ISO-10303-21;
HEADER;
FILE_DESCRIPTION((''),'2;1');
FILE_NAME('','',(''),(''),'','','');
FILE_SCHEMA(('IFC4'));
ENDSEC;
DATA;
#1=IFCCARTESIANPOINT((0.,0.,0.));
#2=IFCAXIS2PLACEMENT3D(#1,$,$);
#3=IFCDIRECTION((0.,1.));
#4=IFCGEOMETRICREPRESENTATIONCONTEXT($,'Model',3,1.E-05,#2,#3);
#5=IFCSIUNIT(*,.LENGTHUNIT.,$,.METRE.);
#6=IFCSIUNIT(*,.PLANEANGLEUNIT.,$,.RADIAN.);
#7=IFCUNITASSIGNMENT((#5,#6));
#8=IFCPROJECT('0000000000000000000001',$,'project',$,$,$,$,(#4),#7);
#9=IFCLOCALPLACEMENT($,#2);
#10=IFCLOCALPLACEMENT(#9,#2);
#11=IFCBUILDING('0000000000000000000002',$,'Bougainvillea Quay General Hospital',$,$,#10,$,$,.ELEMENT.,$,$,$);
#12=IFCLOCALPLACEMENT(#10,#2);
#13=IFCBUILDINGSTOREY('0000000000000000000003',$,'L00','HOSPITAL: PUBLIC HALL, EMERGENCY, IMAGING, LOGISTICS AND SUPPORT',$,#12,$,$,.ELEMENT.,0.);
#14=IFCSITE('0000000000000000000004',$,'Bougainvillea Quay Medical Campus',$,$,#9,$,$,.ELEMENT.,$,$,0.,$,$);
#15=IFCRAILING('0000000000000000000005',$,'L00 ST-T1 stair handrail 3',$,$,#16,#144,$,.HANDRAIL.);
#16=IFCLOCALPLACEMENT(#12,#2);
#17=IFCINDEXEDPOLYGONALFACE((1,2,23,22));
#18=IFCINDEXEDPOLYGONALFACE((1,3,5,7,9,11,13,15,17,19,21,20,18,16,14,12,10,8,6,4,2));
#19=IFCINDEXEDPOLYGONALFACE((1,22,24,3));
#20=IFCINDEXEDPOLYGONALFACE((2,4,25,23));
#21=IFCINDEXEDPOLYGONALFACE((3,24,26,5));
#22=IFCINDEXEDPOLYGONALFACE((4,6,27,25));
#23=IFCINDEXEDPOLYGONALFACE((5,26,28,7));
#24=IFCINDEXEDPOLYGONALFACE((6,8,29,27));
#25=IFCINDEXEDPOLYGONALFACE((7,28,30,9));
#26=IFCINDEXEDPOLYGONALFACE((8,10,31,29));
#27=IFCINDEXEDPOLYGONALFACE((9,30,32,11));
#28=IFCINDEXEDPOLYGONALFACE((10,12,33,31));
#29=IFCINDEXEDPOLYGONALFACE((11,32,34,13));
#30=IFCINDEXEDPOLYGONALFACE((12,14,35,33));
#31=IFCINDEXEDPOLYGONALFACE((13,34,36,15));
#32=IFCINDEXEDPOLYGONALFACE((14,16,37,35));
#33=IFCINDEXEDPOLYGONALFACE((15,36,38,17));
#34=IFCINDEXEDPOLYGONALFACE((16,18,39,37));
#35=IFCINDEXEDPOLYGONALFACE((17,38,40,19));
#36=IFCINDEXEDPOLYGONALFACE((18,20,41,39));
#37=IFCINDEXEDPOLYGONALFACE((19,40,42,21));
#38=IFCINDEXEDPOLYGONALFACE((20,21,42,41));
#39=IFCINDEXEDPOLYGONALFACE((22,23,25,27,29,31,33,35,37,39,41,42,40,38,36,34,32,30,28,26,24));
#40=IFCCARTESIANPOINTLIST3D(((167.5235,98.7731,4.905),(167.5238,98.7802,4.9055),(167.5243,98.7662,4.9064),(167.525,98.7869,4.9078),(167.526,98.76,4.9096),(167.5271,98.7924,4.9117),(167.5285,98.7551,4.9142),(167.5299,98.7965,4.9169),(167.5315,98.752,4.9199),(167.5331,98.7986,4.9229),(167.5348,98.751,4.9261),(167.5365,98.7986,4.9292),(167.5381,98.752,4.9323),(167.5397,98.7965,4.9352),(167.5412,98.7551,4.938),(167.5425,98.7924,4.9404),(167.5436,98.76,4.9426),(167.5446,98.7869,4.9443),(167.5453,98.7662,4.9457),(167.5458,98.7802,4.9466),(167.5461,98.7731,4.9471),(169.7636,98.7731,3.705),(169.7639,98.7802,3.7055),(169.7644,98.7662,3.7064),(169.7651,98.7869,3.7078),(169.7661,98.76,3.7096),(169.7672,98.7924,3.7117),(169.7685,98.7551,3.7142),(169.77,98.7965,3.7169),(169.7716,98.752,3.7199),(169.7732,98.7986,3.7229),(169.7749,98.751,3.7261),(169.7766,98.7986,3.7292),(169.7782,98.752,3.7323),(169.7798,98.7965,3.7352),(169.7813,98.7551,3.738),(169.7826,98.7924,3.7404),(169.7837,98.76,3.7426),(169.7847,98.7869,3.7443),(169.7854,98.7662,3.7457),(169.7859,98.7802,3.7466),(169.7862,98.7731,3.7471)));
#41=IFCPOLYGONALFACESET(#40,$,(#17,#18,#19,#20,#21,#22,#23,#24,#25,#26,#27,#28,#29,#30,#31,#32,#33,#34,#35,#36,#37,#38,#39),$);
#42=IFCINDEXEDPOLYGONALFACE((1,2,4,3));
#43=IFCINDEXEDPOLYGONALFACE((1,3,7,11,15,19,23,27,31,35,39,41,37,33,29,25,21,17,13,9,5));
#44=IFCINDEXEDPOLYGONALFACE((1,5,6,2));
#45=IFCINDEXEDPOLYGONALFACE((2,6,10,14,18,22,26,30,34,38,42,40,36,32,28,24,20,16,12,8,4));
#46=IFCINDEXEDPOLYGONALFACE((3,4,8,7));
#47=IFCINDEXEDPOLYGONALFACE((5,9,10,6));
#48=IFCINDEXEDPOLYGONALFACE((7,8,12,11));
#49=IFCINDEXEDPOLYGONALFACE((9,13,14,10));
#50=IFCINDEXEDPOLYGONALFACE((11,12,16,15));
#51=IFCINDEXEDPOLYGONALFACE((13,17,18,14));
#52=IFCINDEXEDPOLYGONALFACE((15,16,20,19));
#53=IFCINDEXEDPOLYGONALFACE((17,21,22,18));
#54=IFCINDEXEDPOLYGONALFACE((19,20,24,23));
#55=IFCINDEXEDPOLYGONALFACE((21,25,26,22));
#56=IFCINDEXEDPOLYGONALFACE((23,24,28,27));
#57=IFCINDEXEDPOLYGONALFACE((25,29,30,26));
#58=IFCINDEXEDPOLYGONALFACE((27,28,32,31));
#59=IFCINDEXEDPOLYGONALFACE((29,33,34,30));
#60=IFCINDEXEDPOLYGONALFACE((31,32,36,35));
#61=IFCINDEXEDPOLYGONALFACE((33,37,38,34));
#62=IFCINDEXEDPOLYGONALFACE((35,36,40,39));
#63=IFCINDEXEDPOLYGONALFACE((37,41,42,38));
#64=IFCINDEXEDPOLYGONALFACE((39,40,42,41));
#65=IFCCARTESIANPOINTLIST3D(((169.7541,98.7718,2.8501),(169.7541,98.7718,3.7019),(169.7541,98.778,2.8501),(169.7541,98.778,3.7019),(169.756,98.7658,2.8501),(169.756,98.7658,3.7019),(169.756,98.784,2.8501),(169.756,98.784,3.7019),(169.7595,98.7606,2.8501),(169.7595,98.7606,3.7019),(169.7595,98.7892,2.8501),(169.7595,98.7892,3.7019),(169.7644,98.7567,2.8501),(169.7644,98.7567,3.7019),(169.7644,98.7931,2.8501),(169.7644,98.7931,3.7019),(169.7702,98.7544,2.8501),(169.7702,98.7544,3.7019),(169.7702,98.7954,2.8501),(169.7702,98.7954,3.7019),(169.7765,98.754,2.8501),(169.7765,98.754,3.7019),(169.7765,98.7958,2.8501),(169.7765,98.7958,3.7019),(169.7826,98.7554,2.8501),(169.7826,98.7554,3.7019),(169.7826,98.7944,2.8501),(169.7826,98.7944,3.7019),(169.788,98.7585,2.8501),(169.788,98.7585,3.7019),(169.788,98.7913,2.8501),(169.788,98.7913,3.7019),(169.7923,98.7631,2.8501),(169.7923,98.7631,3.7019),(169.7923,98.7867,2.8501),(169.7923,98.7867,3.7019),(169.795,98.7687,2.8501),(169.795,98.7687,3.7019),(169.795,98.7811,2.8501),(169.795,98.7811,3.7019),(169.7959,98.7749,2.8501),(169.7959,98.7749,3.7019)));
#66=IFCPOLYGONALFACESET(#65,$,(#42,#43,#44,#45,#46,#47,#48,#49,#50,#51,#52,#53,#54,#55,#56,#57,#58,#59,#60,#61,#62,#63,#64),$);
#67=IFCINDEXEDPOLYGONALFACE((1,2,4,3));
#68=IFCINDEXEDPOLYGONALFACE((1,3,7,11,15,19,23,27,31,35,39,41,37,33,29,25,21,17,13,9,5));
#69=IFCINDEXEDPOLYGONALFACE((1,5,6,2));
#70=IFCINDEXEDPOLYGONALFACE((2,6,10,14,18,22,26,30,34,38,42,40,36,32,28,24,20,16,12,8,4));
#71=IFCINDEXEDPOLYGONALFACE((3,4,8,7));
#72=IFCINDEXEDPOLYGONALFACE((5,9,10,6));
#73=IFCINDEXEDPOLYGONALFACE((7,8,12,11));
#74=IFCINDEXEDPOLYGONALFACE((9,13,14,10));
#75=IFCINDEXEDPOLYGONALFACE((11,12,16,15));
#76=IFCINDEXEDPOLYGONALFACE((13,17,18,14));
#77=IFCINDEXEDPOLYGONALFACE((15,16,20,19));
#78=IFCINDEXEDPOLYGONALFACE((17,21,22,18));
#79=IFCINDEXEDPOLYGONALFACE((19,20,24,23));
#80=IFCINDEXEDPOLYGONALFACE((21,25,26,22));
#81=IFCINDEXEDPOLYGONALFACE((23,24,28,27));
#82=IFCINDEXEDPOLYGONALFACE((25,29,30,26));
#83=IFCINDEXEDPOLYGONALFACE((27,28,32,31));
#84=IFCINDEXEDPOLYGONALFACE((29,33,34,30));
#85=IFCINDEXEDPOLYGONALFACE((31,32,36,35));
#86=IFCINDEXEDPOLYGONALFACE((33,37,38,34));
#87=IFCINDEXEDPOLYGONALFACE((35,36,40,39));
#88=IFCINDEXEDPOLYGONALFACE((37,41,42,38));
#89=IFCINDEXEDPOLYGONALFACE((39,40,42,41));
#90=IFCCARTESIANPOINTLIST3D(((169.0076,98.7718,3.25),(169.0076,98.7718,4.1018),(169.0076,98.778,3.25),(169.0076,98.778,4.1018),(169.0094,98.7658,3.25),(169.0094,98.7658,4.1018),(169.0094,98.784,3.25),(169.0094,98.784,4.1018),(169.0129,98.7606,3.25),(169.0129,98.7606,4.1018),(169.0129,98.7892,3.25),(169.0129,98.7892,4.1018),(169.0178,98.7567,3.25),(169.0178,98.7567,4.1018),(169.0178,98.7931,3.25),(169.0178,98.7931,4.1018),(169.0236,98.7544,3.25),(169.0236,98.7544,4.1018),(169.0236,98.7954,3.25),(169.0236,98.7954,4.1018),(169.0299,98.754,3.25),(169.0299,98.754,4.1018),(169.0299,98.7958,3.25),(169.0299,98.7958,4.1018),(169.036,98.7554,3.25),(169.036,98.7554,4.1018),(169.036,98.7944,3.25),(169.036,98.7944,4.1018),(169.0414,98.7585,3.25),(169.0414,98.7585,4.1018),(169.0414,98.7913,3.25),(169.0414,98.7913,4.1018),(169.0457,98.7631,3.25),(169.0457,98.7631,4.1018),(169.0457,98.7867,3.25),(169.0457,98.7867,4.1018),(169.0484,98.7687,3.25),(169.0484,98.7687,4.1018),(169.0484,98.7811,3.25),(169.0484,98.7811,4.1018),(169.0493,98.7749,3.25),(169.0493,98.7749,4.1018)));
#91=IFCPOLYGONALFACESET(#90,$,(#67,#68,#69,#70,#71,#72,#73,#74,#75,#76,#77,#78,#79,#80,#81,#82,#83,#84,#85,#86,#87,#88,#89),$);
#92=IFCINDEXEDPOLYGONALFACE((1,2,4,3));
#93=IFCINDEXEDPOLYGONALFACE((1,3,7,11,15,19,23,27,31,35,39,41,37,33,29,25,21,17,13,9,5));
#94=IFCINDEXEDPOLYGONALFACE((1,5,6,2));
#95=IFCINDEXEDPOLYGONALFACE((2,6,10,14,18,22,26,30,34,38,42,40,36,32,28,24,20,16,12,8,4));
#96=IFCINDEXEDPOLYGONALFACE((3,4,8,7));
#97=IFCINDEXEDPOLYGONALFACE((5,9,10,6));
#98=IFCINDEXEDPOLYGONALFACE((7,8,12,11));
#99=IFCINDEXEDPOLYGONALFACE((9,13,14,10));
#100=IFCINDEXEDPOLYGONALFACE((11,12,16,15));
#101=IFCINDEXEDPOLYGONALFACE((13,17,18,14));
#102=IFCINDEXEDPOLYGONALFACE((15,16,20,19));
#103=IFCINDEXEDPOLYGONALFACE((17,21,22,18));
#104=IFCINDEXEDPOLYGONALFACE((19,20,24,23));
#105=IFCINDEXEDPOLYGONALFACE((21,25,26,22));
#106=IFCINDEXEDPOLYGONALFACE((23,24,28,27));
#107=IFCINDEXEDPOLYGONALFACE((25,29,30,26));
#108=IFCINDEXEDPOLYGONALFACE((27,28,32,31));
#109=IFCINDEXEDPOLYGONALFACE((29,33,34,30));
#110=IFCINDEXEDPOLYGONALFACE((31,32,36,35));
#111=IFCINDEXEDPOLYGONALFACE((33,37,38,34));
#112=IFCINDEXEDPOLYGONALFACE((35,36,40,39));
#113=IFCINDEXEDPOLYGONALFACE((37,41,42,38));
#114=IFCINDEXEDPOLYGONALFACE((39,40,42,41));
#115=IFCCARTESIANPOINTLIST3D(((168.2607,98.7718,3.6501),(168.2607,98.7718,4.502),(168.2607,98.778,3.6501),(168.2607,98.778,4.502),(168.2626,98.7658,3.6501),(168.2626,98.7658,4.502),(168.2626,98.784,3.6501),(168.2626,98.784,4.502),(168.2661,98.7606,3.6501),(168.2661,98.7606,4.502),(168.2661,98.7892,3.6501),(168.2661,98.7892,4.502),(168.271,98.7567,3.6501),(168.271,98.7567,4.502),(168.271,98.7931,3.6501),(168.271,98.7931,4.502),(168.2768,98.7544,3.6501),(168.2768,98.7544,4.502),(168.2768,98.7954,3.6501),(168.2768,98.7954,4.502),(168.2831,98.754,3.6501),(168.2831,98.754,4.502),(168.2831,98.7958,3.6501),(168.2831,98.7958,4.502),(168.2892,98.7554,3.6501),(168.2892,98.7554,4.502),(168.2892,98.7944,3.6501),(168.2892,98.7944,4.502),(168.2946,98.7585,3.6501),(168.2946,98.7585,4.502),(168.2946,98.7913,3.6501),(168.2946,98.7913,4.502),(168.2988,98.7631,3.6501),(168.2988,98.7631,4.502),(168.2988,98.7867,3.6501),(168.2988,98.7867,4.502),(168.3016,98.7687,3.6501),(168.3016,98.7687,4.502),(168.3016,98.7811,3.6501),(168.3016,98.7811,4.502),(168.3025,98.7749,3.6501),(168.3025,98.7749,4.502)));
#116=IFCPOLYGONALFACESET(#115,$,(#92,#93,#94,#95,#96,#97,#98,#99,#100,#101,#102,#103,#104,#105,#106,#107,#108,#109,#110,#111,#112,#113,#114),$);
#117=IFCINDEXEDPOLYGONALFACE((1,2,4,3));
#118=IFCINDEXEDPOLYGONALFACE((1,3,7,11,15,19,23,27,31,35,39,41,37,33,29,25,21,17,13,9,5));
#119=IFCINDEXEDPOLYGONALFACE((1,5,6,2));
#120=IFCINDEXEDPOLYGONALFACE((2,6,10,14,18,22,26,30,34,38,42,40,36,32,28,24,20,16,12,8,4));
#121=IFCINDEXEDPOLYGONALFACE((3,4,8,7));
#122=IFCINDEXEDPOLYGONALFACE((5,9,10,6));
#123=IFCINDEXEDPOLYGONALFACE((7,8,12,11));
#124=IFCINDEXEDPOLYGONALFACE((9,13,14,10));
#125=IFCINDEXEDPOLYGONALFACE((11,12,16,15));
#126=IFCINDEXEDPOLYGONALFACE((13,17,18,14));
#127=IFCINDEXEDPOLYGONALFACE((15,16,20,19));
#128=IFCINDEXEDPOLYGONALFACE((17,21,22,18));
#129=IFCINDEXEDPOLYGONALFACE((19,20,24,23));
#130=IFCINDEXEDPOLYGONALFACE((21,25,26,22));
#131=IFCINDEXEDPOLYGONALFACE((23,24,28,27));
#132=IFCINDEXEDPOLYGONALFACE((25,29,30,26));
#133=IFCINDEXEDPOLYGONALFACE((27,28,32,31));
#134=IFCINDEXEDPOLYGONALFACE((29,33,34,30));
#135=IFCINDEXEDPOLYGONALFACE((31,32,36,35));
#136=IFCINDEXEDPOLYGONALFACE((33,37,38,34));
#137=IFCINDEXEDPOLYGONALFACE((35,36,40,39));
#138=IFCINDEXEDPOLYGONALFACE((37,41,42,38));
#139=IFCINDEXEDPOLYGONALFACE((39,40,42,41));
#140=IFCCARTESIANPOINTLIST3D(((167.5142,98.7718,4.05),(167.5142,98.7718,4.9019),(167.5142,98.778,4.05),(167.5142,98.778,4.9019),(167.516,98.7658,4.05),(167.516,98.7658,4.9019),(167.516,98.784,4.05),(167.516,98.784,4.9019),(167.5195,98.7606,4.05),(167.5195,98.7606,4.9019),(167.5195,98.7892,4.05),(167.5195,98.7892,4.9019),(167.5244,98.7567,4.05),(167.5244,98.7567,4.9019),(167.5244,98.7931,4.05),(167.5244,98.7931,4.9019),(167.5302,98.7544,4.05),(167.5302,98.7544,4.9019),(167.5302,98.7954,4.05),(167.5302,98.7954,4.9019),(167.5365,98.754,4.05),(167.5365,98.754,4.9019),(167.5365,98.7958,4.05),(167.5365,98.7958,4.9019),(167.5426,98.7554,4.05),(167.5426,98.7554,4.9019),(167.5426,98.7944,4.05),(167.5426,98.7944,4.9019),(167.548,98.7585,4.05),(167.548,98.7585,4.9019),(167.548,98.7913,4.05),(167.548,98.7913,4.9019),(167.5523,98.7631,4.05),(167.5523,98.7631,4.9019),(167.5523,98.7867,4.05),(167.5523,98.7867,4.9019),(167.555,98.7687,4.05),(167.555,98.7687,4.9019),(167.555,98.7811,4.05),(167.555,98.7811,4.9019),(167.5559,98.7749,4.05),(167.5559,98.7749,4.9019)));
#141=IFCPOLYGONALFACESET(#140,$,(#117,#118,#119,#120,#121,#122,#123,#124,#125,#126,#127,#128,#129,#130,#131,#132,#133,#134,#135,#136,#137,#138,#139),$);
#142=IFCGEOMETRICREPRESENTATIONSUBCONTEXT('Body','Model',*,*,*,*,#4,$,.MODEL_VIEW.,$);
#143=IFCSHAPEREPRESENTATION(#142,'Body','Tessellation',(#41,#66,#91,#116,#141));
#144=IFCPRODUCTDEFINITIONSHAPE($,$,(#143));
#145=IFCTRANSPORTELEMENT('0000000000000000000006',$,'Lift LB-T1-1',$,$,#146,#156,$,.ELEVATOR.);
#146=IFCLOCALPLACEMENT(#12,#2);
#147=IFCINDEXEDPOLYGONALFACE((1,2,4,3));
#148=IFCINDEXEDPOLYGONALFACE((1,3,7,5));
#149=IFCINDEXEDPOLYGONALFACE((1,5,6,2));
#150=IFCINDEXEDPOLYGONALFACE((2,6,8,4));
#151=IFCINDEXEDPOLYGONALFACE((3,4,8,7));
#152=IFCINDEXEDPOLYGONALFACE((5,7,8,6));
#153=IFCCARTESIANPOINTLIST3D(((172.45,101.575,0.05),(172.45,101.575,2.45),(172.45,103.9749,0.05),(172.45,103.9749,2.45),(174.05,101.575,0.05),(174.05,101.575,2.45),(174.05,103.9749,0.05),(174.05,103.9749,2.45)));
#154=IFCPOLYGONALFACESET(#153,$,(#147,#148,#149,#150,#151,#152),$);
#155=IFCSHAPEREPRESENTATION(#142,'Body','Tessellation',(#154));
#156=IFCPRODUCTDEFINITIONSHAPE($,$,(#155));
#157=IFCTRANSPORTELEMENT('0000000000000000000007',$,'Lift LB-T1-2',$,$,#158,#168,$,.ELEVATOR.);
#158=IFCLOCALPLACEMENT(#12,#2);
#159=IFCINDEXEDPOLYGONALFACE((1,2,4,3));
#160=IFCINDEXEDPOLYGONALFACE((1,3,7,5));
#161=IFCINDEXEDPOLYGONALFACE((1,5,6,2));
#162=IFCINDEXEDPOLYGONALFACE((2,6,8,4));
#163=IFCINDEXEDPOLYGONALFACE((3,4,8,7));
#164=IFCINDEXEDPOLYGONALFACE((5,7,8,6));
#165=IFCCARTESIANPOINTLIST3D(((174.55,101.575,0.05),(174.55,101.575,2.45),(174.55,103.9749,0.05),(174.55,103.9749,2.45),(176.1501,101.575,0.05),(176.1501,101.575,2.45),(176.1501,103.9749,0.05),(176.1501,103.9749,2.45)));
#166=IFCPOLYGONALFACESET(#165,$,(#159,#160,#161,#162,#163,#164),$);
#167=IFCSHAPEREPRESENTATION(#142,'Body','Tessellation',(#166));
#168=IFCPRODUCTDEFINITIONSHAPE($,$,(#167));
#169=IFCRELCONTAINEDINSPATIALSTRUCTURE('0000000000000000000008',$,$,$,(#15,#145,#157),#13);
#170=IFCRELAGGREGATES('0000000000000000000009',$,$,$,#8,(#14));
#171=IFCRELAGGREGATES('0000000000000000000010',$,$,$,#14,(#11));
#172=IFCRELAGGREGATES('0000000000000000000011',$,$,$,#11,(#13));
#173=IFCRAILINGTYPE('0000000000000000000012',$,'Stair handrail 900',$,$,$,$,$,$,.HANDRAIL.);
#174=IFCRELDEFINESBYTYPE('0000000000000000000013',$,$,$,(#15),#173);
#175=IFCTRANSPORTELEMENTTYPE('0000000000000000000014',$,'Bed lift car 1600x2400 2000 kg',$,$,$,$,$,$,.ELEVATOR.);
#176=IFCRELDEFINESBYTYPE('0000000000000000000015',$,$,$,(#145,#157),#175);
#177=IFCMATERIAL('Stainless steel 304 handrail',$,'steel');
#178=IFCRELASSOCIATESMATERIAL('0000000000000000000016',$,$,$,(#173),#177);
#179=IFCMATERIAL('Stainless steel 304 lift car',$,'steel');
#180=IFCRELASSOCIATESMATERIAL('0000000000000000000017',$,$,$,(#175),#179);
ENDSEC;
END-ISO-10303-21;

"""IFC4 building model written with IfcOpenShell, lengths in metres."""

from ifc_helpers import new_model, si_unit, direction, frame, origin, origin_2d, place, context, subcontext, project, spatial, rectangle, circle, extrude, material, type_object, element, save


model = new_model("IFC4")

# Units and contexts
model_context = context("Model", 3, precision=1e-05, world=origin(), true_north=direction((0.0, 1.0)))
body_context = subcontext(model_context, "Body", "Model", "MODEL_VIEW")
ifc_project = project(units=[si_unit("LENGTHUNIT", "METRE"), si_unit("PLANEANGLEUNIT", "RADIAN")], contexts=[model_context])

# Site, building, storey
site_placement = place(None, origin())
site = spatial("IfcSite", under=ifc_project, at=site_placement, Name="Bougainvillea Quay Medical Campus", CompositionType="ELEMENT", RefElevation=0.0)
building_placement = place(site_placement, origin())
building = spatial("IfcBuilding", under=site, at=building_placement, Name="Bougainvillea Quay General Hospital", CompositionType="ELEMENT")
storey_placement = place(building_placement, origin())
storey = spatial("IfcBuildingStorey", under=building, at=storey_placement, Name="L00", Description="HOSPITAL: PUBLIC HALL, EMERGENCY, IMAGING, LOGISTICS AND SUPPORT", CompositionType="ELEMENT", Elevation=0.0)

# Railing
ifc_material_1 = material(Name="Stainless steel 304 handrail", Category="steel")
railing_type_1 = type_object("IfcRailingType", Name="Stair handrail 900", PredefinedType="HANDRAIL", material=ifc_material_1)
railing_1_placement = place(storey_placement, frame((169.7749, 98.7749, 2.8501)))
element("IfcRailing", 1, at=railing_1_placement, inside=storey, type_object=railing_type_1, Name="L00 ST-T1 stair handrail 3", PredefinedType="HANDRAIL", context=body_context, shape_type="SweptSolid", body=[
    extrude(circle(Radius=0.0239, at=origin_2d()), frame((0.0, 0.0, 0.876), z_axis=(-0.881487, 0.0, 0.472208), x_axis=(0.0, -1.0, 0.0)), (0.0, 0.0, 1.0), 2.5413),
    extrude(circle(Radius=0.021, at=origin_2d()), origin(), (0.0, 0.0, 1.0), 0.8518),
    extrude(circle(Radius=0.021, at=origin_2d()), frame((-0.7466, 0.0, 0.3999)), (0.0, 0.0, 1.0), 0.8518),
    extrude(circle(Radius=0.021, at=origin_2d()), frame((-1.4934, 0.0, 0.8)), (0.0, 0.0, 1.0), 0.8518),
    extrude(circle(Radius=0.021, at=origin_2d()), frame((-2.24, 0.0, 1.2)), (0.0, 0.0, 1.0), 0.8518),
])

# Transport elements
ifc_material_2 = material(Name="Stainless steel 304 lift car", Category="steel")
transport_element_type = type_object("IfcTransportElementType", Name="Bed lift car 1600x2400 2000 kg", PredefinedType="ELEVATOR", material=ifc_material_2)
for number, where, z_axis, x_axis, name in (
    (2, (173.25, 102.7749, 0.05), (0.0, 0.0, 1.0), (1.0, 0.0, 0.0), "Lift LB-T1-1"),
    (3, (175.3501, 102.7749, 0.05), (0.0, 0.0, 1.0), (1.0, 0.0, 0.0), "Lift LB-T1-2"),
):
    element("IfcTransportElement", number, at=place(storey_placement, frame(where, z_axis=z_axis, x_axis=x_axis)), inside=storey, type_object=transport_element_type, Name=name, PredefinedType="ELEVATOR", context=body_context, shape_type="SweptSolid", body=[
        extrude(rectangle(XDim=1.6001, YDim=2.3999, at=origin_2d()), origin(), (0.0, 0.0, 1.0), 2.3999),
    ])

save(model, "model.ifc")
